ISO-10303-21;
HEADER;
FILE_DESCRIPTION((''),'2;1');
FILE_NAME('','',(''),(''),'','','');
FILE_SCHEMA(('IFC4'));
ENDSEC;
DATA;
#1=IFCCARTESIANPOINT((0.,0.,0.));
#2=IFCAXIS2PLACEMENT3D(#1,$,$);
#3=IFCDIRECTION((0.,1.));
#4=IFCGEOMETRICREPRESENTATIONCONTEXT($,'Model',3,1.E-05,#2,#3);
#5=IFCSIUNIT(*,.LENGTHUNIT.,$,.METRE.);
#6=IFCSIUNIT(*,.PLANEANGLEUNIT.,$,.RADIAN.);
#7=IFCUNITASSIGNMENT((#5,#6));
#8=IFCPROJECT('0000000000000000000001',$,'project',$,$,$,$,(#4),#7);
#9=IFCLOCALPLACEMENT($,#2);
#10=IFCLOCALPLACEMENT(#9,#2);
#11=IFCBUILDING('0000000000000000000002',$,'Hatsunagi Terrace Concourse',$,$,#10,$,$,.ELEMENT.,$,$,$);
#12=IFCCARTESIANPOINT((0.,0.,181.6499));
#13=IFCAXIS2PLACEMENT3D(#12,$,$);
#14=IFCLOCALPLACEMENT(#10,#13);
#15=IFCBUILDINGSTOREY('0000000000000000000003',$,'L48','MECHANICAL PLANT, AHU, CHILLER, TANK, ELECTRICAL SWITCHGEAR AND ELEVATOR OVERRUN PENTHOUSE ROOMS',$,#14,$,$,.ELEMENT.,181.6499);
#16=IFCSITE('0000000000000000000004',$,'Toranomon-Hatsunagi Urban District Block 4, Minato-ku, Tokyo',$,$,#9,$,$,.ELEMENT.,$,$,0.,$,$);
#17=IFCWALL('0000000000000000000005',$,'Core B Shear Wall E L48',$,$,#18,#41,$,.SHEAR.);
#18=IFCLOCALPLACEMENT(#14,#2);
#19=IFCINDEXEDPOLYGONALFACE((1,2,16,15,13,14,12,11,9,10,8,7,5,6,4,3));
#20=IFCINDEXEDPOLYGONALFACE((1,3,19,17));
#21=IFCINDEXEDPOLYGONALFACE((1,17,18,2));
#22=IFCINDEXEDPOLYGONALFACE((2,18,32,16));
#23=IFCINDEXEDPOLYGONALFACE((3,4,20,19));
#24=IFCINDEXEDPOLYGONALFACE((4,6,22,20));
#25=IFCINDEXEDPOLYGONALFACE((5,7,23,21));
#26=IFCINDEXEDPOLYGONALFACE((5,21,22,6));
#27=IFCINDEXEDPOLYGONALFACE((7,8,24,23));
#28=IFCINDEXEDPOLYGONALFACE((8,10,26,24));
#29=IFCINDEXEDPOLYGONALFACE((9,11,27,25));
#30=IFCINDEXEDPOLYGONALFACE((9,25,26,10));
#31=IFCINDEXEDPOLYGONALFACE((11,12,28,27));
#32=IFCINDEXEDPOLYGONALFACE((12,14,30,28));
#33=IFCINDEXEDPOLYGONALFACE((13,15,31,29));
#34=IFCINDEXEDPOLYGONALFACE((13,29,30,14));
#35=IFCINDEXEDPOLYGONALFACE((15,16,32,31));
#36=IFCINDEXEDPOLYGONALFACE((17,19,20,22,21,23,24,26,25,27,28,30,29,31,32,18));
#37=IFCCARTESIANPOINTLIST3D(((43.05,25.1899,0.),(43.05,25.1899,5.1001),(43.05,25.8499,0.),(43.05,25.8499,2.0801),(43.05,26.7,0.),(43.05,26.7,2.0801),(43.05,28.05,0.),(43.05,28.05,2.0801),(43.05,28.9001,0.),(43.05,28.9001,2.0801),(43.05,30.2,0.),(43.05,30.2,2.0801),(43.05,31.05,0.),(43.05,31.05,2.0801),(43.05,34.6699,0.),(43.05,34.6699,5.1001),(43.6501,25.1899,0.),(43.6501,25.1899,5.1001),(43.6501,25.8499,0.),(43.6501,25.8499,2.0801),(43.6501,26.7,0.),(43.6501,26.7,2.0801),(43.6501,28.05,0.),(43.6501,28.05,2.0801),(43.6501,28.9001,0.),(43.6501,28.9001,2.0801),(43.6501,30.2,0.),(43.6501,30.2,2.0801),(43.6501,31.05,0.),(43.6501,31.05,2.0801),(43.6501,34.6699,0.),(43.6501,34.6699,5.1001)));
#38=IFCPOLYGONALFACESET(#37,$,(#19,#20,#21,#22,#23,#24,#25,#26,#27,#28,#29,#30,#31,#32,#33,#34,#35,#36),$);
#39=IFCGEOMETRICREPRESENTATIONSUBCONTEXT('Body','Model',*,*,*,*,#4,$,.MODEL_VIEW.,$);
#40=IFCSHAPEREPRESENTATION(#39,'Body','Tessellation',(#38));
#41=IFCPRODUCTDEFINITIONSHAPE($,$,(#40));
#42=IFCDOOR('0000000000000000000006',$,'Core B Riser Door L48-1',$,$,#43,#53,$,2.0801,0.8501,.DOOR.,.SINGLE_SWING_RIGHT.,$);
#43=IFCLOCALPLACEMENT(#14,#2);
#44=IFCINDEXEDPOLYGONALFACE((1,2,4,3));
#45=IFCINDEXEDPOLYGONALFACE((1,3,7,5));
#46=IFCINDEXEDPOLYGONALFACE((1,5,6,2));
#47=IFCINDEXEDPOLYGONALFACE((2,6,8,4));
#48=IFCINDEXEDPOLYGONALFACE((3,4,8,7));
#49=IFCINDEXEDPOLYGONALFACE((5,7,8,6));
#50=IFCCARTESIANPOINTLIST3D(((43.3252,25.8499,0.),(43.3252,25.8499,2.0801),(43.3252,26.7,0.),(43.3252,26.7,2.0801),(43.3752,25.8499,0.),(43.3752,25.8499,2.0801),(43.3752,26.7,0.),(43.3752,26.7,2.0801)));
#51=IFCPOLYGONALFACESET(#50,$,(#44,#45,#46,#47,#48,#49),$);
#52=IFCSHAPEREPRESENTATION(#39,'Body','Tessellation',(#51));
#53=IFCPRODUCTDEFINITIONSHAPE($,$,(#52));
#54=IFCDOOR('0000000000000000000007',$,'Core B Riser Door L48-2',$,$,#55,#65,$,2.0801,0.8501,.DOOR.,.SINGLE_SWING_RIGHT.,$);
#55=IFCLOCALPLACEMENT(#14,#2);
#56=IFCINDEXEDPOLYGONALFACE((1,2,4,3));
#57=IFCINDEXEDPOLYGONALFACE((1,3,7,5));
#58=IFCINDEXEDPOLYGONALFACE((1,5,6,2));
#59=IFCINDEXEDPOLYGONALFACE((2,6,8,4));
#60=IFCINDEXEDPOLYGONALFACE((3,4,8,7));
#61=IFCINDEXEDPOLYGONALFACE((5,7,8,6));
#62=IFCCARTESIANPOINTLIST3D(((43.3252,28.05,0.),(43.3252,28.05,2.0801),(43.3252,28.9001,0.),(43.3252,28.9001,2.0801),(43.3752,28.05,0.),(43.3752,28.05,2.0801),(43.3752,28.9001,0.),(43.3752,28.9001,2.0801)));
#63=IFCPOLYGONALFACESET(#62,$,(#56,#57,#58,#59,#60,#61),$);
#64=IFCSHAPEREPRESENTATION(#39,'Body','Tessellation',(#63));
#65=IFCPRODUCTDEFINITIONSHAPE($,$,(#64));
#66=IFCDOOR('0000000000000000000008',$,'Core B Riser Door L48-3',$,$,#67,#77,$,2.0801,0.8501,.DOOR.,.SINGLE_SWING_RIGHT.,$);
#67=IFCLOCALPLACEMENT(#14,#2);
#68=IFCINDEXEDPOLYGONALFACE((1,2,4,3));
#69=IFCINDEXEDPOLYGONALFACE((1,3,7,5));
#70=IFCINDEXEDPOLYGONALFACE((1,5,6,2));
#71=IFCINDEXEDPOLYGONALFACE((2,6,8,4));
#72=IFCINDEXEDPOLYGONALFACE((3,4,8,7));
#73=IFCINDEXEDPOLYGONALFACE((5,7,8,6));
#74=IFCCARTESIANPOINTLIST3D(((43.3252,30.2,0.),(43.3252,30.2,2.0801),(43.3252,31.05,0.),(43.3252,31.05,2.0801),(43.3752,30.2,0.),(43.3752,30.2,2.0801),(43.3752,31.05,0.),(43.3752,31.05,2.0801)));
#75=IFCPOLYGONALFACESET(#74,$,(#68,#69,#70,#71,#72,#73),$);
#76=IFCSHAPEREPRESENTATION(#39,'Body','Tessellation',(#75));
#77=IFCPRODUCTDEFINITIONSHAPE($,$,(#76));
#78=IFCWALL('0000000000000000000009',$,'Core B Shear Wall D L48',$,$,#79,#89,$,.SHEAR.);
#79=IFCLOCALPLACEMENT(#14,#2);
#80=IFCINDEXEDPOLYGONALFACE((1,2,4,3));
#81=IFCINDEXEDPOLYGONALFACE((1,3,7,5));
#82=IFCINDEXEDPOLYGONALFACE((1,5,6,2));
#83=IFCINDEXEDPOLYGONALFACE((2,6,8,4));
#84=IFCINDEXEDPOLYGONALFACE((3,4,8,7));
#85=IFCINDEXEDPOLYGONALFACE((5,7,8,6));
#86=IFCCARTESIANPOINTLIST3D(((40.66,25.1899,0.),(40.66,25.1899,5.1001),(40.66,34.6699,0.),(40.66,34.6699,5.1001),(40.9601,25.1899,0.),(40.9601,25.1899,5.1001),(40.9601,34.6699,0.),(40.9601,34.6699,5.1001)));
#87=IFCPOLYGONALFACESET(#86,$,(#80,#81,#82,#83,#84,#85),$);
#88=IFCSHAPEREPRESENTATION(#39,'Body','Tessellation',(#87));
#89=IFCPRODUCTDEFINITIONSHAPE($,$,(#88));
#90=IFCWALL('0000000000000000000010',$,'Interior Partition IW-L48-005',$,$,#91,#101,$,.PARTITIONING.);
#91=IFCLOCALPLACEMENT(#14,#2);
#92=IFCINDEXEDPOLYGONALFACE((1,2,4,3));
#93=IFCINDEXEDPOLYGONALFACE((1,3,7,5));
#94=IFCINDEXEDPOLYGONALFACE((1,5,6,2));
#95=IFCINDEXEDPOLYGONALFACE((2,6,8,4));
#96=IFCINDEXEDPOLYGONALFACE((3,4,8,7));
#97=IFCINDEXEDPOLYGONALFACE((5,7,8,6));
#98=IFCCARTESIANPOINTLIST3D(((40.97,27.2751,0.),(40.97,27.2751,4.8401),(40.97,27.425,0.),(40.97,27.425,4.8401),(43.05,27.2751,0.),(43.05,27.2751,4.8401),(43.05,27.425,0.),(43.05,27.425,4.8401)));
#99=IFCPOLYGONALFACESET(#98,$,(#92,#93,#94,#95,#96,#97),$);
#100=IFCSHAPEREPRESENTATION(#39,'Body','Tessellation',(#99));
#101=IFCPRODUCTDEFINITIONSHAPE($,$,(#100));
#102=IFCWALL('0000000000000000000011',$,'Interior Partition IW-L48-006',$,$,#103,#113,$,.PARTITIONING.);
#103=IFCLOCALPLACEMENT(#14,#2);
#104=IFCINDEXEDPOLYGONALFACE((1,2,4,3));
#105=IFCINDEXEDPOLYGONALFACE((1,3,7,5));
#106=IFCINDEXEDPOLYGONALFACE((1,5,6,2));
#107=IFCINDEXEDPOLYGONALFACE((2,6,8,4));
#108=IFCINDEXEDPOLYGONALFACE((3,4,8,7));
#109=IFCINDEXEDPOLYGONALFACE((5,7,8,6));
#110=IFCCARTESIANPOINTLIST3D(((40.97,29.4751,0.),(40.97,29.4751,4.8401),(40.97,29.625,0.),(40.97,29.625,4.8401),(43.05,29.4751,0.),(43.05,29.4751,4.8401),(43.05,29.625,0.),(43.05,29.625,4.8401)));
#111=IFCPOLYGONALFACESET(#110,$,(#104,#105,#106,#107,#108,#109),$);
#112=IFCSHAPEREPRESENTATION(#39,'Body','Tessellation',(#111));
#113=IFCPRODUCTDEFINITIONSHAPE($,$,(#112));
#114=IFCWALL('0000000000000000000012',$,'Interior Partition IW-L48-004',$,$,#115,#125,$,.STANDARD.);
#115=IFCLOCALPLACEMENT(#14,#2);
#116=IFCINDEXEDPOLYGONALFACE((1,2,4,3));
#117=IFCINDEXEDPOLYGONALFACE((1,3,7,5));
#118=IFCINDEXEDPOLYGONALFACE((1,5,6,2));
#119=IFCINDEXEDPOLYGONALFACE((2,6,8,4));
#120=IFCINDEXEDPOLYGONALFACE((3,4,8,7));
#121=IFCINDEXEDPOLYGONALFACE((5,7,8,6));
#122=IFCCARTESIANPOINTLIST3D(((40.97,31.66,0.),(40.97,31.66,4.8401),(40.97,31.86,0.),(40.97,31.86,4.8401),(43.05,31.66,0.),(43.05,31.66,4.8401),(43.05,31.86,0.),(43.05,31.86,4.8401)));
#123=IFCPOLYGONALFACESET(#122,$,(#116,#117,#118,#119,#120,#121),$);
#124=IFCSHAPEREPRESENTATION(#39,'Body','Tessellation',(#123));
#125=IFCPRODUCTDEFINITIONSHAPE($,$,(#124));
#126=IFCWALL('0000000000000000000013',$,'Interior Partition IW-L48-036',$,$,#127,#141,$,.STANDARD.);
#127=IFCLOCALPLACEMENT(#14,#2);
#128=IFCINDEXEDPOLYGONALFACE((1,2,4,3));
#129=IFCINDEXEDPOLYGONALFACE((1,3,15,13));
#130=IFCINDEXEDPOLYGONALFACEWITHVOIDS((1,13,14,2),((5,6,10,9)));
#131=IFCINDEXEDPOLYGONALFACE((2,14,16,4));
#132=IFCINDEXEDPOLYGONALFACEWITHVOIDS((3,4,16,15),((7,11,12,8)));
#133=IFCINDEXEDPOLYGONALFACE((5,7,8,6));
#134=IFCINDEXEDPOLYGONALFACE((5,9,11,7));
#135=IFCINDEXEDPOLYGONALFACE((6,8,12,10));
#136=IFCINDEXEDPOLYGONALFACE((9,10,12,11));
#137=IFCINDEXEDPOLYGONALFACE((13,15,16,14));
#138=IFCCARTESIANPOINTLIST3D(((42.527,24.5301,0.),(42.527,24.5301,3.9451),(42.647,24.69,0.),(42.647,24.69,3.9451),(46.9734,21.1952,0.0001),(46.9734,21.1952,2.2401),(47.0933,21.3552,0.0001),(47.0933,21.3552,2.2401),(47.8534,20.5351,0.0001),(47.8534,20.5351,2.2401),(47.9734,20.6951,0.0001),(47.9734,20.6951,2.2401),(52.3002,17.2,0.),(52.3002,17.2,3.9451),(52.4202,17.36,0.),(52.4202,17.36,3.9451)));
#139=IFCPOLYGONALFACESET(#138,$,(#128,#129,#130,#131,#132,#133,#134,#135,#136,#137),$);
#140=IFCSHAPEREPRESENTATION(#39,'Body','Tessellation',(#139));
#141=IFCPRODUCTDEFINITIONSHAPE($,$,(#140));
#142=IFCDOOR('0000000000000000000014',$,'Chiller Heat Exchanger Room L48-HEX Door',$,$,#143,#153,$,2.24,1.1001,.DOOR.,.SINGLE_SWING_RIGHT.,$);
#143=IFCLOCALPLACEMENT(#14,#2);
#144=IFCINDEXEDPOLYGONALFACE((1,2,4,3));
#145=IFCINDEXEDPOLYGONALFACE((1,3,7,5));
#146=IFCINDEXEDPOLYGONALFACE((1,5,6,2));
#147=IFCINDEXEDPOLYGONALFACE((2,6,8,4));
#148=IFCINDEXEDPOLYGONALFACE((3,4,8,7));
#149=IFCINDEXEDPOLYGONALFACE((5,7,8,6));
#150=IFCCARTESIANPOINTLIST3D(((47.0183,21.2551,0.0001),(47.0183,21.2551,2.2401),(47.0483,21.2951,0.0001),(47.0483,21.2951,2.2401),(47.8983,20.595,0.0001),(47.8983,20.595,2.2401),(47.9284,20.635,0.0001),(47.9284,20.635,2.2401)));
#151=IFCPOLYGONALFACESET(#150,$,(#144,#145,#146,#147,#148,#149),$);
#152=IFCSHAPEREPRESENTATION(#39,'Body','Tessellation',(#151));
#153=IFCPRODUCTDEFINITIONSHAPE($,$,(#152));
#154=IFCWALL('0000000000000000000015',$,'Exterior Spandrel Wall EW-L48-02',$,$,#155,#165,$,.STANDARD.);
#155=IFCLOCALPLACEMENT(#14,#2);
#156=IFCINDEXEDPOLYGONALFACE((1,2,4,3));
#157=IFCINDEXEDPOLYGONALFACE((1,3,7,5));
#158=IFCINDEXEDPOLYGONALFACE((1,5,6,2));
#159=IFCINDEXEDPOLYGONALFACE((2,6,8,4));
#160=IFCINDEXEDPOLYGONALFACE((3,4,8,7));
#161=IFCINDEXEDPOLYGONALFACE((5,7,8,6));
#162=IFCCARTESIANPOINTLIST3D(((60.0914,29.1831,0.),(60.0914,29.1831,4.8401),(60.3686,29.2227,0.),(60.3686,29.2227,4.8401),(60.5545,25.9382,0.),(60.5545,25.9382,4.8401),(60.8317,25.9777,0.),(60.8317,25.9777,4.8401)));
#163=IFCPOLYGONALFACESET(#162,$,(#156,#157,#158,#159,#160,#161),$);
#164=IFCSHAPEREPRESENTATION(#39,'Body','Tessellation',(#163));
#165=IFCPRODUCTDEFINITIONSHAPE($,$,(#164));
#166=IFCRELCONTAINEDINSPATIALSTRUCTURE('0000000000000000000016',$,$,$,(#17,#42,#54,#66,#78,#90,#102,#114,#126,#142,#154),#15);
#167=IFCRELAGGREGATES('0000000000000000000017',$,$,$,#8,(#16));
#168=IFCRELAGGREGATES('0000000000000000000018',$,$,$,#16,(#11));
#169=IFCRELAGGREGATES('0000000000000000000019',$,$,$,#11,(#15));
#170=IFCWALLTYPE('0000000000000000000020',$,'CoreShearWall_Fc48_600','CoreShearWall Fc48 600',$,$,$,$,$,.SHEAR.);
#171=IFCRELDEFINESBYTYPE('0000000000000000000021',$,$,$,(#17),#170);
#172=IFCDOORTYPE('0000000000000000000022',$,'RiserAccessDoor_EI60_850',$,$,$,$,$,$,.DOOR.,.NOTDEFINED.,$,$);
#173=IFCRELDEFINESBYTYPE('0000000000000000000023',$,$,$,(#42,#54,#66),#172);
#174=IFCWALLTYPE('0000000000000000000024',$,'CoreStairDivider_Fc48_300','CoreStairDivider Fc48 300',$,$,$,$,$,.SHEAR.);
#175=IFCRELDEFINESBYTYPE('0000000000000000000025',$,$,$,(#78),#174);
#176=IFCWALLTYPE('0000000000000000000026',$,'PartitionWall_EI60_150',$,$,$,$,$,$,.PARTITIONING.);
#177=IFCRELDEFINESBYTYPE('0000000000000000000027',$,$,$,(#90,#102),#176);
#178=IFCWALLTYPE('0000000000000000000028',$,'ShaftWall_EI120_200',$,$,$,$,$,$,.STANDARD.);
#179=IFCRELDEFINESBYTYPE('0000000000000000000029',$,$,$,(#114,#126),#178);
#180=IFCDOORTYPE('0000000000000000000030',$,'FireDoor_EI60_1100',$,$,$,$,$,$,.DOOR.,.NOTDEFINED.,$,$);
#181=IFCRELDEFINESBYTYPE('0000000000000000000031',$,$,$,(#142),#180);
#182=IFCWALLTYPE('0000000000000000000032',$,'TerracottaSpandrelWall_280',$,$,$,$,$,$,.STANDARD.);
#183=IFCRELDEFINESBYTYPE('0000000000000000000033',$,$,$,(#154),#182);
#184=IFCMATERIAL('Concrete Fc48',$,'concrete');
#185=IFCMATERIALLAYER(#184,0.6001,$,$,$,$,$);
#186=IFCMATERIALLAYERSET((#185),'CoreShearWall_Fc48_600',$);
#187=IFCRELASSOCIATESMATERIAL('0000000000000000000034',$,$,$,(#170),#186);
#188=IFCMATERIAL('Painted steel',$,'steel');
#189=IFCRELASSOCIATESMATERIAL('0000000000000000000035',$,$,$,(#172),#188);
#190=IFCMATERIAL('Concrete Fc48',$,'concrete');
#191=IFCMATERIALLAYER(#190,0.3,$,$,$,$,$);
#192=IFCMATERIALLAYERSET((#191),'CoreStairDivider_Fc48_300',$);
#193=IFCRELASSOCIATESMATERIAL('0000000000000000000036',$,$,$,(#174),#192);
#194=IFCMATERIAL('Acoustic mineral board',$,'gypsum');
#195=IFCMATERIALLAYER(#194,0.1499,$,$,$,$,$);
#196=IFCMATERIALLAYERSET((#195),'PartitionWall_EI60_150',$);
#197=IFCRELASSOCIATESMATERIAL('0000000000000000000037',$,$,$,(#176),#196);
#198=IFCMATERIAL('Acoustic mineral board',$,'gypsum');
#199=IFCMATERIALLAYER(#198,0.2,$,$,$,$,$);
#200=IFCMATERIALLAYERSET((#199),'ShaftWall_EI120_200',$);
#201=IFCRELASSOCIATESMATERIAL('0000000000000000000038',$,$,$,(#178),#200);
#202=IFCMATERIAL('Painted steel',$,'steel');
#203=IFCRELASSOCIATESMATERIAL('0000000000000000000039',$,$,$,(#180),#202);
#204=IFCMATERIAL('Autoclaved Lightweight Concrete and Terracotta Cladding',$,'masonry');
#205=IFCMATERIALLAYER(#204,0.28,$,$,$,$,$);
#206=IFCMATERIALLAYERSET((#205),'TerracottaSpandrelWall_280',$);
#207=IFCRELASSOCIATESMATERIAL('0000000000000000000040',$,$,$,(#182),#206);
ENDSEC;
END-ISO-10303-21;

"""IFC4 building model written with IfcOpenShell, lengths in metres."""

from ifc_helpers import new_model, si_unit, direction, frame, frame_2d, origin, place, context, subcontext, project, spatial, rectangle, extrude, material, layer, layer_set, type_object, element, fill, save


model = new_model("IFC4")

# Units and contexts
model_context = context("Model", 3, precision=1e-05, world=origin(), true_north=direction((0.0, 1.0)))
body_context = subcontext(model_context, "Body", "Model", "MODEL_VIEW")
ifc_project = project(units=[si_unit("LENGTHUNIT", "METRE"), si_unit("PLANEANGLEUNIT", "RADIAN")], contexts=[model_context])

# Site, building, storey
site_placement = place(None, origin())
site = spatial("IfcSite", under=ifc_project, at=site_placement, Name="Toranomon-Hatsunagi Urban District Block 4, Minato-ku, Tokyo", CompositionType="ELEMENT", RefElevation=0.0)
building_placement = place(site_placement, origin())
building = spatial("IfcBuilding", under=site, at=building_placement, Name="Hatsunagi Terrace Concourse", CompositionType="ELEMENT")
storey_placement = place(building_placement, frame((0.0, 0.0, 181.6499)))
storey = spatial("IfcBuildingStorey", under=building, at=storey_placement, Name="L48", Description="MECHANICAL PLANT, AHU, CHILLER, TANK, ELECTRICAL SWITCHGEAR AND ELEVATOR OVERRUN PENTHOUSE ROOMS", CompositionType="ELEMENT", Elevation=181.6499)

# Wall, openings, doors
ifc_material_1 = material(Name="Concrete Fc48", Category="concrete")
ifc_layer_1 = layer(ifc_material_1, 0.6001)
ifc_layer_set_1 = layer_set([ifc_layer_1], Name="CoreShearWall_Fc48_600")
wall_type_1 = type_object("IfcWallType", Name="CoreShearWall_Fc48_600", Description="CoreShearWall Fc48 600", PredefinedType="SHEAR", material=ifc_layer_set_1)
wall_1_placement = place(storey_placement, frame((43.3501, 25.1899, 0.0), z_axis=(0.0, 0.0, 1.0), x_axis=(0.0, 1.0, 0.0)))
wall_1 = element("IfcWall", 1, at=wall_1_placement, inside=storey, type_object=wall_type_1, Name="Core B Shear Wall E L48", PredefinedType="SHEAR", context=body_context, shape_type="SweptSolid", body=[
    extrude(rectangle(XDim=9.48, YDim=0.6001, at=frame_2d((4.74, 0.0))), origin(), (0.0, 0.0, 1.0), 5.1001),
])
opening_1_placement = place(wall_1_placement, frame((0.6599, 0.0, 0.0)))
opening_1 = element("IfcOpeningElement", 2, at=opening_1_placement, cuts=wall_1, PredefinedType="OPENING", context=body_context, shape_type="SweptSolid", body=[
    extrude(rectangle(XDim=0.8501, YDim=2.0801, at=frame_2d((0.425, 1.04))), frame((0.0, 0.3101, 0.0), z_axis=(0.0, -1.0, 0.0), x_axis=(1.0, 0.0, 0.0)), (0.0, 0.0, 1.0), 0.6201),
])
opening_2_placement = place(wall_1_placement, frame((2.8601, 0.0, 0.0)))
opening_2 = element("IfcOpeningElement", 3, at=opening_2_placement, cuts=wall_1, PredefinedType="OPENING", context=body_context, shape_type="SweptSolid", body=[
    extrude(rectangle(XDim=0.8501, YDim=2.0801, at=frame_2d((0.425, 1.04))), frame((0.0, 0.3101, 0.0), z_axis=(0.0, -1.0, 0.0), x_axis=(1.0, 0.0, 0.0)), (0.0, 0.0, 1.0), 0.6201),
])
opening_3_placement = place(wall_1_placement, frame((5.01, 0.0, 0.0)))
opening_3 = element("IfcOpeningElement", 4, at=opening_3_placement, cuts=wall_1, PredefinedType="OPENING", context=body_context, shape_type="SweptSolid", body=[
    extrude(rectangle(XDim=0.8501, YDim=2.0801, at=frame_2d((0.425, 1.04))), frame((0.0, 0.3101, 0.0), z_axis=(0.0, -1.0, 0.0), x_axis=(1.0, 0.0, 0.0)), (0.0, 0.0, 1.0), 0.6201),
])
ifc_material_2 = material(Name="Painted steel", Category="steel")
door_type_1 = type_object("IfcDoorType", Name="RiserAccessDoor_EI60_850", OperationType="NOTDEFINED", PredefinedType="DOOR", material=ifc_material_2)
door_1_placement = place(opening_1_placement, origin())
door_1 = element("IfcDoor", 5, at=door_1_placement, inside=storey, type_object=door_type_1, Name="Core B Riser Door L48-1", OperationType="SINGLE_SWING_RIGHT", OverallHeight=2.0801, OverallWidth=0.8501, PredefinedType="DOOR", context=body_context, shape_type="SweptSolid", body=[
    extrude(rectangle(XDim=0.8501, YDim=2.0801, at=frame_2d((0.425, 1.04))), frame((0.0, 0.0249, 0.0), z_axis=(0.0, -1.0, 0.0), x_axis=(1.0, 0.0, 0.0)), (0.0, 0.0, 1.0), 0.05),
])
fill(opening_1, door_1)
door_2_placement = place(opening_2_placement, origin())
door_2 = element("IfcDoor", 6, at=door_2_placement, inside=storey, type_object=door_type_1, Name="Core B Riser Door L48-2", OperationType="SINGLE_SWING_RIGHT", OverallHeight=2.0801, OverallWidth=0.8501, PredefinedType="DOOR", context=body_context, shape_type="SweptSolid", body=[
    extrude(rectangle(XDim=0.8501, YDim=2.0801, at=frame_2d((0.425, 1.04))), frame((0.0, 0.0249, 0.0), z_axis=(0.0, -1.0, 0.0), x_axis=(1.0, 0.0, 0.0)), (0.0, 0.0, 1.0), 0.05),
])
fill(opening_2, door_2)
door_3_placement = place(opening_3_placement, origin())
door_3 = element("IfcDoor", 7, at=door_3_placement, inside=storey, type_object=door_type_1, Name="Core B Riser Door L48-3", OperationType="SINGLE_SWING_RIGHT", OverallHeight=2.0801, OverallWidth=0.8501, PredefinedType="DOOR", context=body_context, shape_type="SweptSolid", body=[
    extrude(rectangle(XDim=0.8501, YDim=2.0801, at=frame_2d((0.425, 1.04))), frame((0.0, 0.0249, 0.0), z_axis=(0.0, -1.0, 0.0), x_axis=(1.0, 0.0, 0.0)), (0.0, 0.0, 1.0), 0.05),
])
fill(opening_3, door_3)

# Walls
ifc_material_3 = material(Name="Concrete Fc48", Category="concrete")
ifc_layer_2 = layer(ifc_material_3, 0.3)
ifc_layer_set_2 = layer_set([ifc_layer_2], Name="CoreStairDivider_Fc48_300")
wall_type_2 = type_object("IfcWallType", Name="CoreStairDivider_Fc48_300", Description="CoreStairDivider Fc48 300", PredefinedType="SHEAR", material=ifc_layer_set_2)
wall_2_placement = place(storey_placement, frame((40.8101, 25.1899, 0.0), z_axis=(0.0, 0.0, 1.0), x_axis=(0.0, 1.0, 0.0)))
element("IfcWall", 8, at=wall_2_placement, inside=storey, type_object=wall_type_2, Name="Core B Shear Wall D L48", PredefinedType="SHEAR", context=body_context, shape_type="SweptSolid", body=[
    extrude(rectangle(XDim=9.48, YDim=0.3, at=frame_2d((4.74, 0.0))), origin(), (0.0, 0.0, 1.0), 5.1001),
])
ifc_material_4 = material(Name="Acoustic mineral board", Category="gypsum")
ifc_layer_3 = layer(ifc_material_4, 0.1499)
ifc_layer_set_3 = layer_set([ifc_layer_3], Name="PartitionWall_EI60_150")
wall_type_3 = type_object("IfcWallType", Name="PartitionWall_EI60_150", PredefinedType="PARTITIONING", material=ifc_layer_set_3)
for number, where, z_axis, x_axis, name in (
    (9, (40.97, 27.3501, 0.0), (0.0, 0.0, 1.0), (1.0, 0.0, 0.0), "Interior Partition IW-L48-005"),
    (10, (40.97, 29.55, 0.0), (0.0, 0.0, 1.0), (1.0, 0.0, 0.0), "Interior Partition IW-L48-006"),
):
    element("IfcWall", number, at=place(storey_placement, frame(where, z_axis=z_axis, x_axis=x_axis)), inside=storey, type_object=wall_type_3, Name=name, PredefinedType="PARTITIONING", context=body_context, shape_type="SweptSolid", body=[
        extrude(rectangle(XDim=2.0801, YDim=0.1499, at=frame_2d((1.04, 0.0))), origin(), (0.0, 0.0, 1.0), 4.8401),
    ])
ifc_material_5 = material(Name="Acoustic mineral board", Category="gypsum")
ifc_layer_4 = layer(ifc_material_5, 0.2)
ifc_layer_set_4 = layer_set([ifc_layer_4], Name="ShaftWall_EI120_200")
wall_type_4 = type_object("IfcWallType", Name="ShaftWall_EI120_200", PredefinedType="STANDARD", material=ifc_layer_set_4)
wall_3_placement = place(storey_placement, frame((40.97, 31.76, 0.0), z_axis=(0.0, 0.0, 1.0), x_axis=(1.0, 0.0, 0.0)))
element("IfcWall", 11, at=wall_3_placement, inside=storey, type_object=wall_type_4, Name="Interior Partition IW-L48-004", PredefinedType="STANDARD", context=body_context, shape_type="SweptSolid", body=[
    extrude(rectangle(XDim=2.0801, YDim=0.2, at=frame_2d((1.04, 0.0))), origin(), (0.0, 0.0, 1.0), 4.8401),
])

# Wall, opening, door
wall_4_placement = place(storey_placement, frame((42.5869, 24.6101, 0.0), z_axis=(0.0, 0.0, 1.0), x_axis=(0.799993, -0.60001, 0.0)))
wall_4 = element("IfcWall", 12, at=wall_4_placement, inside=storey, type_object=wall_type_4, Name="Interior Partition IW-L48-036", PredefinedType="STANDARD", context=body_context, shape_type="SweptSolid", body=[
    extrude(rectangle(XDim=12.2166, YDim=0.2, at=frame_2d((6.1084, 0.0))), origin(), (0.0, 0.0, 1.0), 3.9451),
])
opening_4_placement = place(wall_4_placement, frame((5.5581, 0.0, 0.0)))
opening_4 = element("IfcOpeningElement", 13, at=opening_4_placement, cuts=wall_4, PredefinedType="OPENING", context=body_context, shape_type="SweptSolid", body=[
    extrude(rectangle(XDim=1.1001, YDim=2.24, at=frame_2d((0.55, 1.1201))), frame((0.0, 0.1099, 0.0), z_axis=(0.0, -1.0, 0.0), x_axis=(1.0, 0.0, 0.0)), (0.0, 0.0, 1.0), 0.22),
])
ifc_material_6 = material(Name="Painted steel", Category="steel")
door_type_2 = type_object("IfcDoorType", Name="FireDoor_EI60_1100", OperationType="NOTDEFINED", PredefinedType="DOOR", material=ifc_material_6)
door_4_placement = place(opening_4_placement, origin())
door_4 = element("IfcDoor", 14, at=door_4_placement, inside=storey, type_object=door_type_2, Name="Chiller Heat Exchanger Room L48-HEX Door", OperationType="SINGLE_SWING_RIGHT", OverallHeight=2.24, OverallWidth=1.1001, PredefinedType="DOOR", context=body_context, shape_type="SweptSolid", body=[
    extrude(rectangle(XDim=1.1001, YDim=2.24, at=frame_2d((0.55, 1.1201))), frame((0.0, 0.0249, 0.0), z_axis=(0.0, -1.0, 0.0), x_axis=(1.0, 0.0, 0.0)), (0.0, 0.0, 1.0), 0.05),
])
fill(opening_4, door_4)

# Wall
ifc_material_7 = material(Name="Autoclaved Lightweight Concrete and Terracotta Cladding", Category="masonry")
ifc_layer_5 = layer(ifc_material_7, 0.28)
ifc_layer_set_5 = layer_set([ifc_layer_5], Name="TerracottaSpandrelWall_280")
wall_type_5 = type_object("IfcWallType", Name="TerracottaSpandrelWall_280", PredefinedType="STANDARD", material=ifc_layer_set_5)
wall_5_placement = place(storey_placement, frame((60.23, 29.2029, 0.0), z_axis=(0.0, 0.0, 1.0), x_axis=(0.141296, -0.989967, 0.0)))
element("IfcWall", 15, at=wall_5_placement, inside=storey, type_object=wall_type_5, Name="Exterior Spandrel Wall EW-L48-02", PredefinedType="STANDARD", context=body_context, shape_type="SweptSolid", body=[
    extrude(rectangle(XDim=3.2778, YDim=0.28, at=frame_2d((1.6389, 0.0))), origin(), (0.0, 0.0, 1.0), 4.8401),
])

save(model, "model.ifc")
